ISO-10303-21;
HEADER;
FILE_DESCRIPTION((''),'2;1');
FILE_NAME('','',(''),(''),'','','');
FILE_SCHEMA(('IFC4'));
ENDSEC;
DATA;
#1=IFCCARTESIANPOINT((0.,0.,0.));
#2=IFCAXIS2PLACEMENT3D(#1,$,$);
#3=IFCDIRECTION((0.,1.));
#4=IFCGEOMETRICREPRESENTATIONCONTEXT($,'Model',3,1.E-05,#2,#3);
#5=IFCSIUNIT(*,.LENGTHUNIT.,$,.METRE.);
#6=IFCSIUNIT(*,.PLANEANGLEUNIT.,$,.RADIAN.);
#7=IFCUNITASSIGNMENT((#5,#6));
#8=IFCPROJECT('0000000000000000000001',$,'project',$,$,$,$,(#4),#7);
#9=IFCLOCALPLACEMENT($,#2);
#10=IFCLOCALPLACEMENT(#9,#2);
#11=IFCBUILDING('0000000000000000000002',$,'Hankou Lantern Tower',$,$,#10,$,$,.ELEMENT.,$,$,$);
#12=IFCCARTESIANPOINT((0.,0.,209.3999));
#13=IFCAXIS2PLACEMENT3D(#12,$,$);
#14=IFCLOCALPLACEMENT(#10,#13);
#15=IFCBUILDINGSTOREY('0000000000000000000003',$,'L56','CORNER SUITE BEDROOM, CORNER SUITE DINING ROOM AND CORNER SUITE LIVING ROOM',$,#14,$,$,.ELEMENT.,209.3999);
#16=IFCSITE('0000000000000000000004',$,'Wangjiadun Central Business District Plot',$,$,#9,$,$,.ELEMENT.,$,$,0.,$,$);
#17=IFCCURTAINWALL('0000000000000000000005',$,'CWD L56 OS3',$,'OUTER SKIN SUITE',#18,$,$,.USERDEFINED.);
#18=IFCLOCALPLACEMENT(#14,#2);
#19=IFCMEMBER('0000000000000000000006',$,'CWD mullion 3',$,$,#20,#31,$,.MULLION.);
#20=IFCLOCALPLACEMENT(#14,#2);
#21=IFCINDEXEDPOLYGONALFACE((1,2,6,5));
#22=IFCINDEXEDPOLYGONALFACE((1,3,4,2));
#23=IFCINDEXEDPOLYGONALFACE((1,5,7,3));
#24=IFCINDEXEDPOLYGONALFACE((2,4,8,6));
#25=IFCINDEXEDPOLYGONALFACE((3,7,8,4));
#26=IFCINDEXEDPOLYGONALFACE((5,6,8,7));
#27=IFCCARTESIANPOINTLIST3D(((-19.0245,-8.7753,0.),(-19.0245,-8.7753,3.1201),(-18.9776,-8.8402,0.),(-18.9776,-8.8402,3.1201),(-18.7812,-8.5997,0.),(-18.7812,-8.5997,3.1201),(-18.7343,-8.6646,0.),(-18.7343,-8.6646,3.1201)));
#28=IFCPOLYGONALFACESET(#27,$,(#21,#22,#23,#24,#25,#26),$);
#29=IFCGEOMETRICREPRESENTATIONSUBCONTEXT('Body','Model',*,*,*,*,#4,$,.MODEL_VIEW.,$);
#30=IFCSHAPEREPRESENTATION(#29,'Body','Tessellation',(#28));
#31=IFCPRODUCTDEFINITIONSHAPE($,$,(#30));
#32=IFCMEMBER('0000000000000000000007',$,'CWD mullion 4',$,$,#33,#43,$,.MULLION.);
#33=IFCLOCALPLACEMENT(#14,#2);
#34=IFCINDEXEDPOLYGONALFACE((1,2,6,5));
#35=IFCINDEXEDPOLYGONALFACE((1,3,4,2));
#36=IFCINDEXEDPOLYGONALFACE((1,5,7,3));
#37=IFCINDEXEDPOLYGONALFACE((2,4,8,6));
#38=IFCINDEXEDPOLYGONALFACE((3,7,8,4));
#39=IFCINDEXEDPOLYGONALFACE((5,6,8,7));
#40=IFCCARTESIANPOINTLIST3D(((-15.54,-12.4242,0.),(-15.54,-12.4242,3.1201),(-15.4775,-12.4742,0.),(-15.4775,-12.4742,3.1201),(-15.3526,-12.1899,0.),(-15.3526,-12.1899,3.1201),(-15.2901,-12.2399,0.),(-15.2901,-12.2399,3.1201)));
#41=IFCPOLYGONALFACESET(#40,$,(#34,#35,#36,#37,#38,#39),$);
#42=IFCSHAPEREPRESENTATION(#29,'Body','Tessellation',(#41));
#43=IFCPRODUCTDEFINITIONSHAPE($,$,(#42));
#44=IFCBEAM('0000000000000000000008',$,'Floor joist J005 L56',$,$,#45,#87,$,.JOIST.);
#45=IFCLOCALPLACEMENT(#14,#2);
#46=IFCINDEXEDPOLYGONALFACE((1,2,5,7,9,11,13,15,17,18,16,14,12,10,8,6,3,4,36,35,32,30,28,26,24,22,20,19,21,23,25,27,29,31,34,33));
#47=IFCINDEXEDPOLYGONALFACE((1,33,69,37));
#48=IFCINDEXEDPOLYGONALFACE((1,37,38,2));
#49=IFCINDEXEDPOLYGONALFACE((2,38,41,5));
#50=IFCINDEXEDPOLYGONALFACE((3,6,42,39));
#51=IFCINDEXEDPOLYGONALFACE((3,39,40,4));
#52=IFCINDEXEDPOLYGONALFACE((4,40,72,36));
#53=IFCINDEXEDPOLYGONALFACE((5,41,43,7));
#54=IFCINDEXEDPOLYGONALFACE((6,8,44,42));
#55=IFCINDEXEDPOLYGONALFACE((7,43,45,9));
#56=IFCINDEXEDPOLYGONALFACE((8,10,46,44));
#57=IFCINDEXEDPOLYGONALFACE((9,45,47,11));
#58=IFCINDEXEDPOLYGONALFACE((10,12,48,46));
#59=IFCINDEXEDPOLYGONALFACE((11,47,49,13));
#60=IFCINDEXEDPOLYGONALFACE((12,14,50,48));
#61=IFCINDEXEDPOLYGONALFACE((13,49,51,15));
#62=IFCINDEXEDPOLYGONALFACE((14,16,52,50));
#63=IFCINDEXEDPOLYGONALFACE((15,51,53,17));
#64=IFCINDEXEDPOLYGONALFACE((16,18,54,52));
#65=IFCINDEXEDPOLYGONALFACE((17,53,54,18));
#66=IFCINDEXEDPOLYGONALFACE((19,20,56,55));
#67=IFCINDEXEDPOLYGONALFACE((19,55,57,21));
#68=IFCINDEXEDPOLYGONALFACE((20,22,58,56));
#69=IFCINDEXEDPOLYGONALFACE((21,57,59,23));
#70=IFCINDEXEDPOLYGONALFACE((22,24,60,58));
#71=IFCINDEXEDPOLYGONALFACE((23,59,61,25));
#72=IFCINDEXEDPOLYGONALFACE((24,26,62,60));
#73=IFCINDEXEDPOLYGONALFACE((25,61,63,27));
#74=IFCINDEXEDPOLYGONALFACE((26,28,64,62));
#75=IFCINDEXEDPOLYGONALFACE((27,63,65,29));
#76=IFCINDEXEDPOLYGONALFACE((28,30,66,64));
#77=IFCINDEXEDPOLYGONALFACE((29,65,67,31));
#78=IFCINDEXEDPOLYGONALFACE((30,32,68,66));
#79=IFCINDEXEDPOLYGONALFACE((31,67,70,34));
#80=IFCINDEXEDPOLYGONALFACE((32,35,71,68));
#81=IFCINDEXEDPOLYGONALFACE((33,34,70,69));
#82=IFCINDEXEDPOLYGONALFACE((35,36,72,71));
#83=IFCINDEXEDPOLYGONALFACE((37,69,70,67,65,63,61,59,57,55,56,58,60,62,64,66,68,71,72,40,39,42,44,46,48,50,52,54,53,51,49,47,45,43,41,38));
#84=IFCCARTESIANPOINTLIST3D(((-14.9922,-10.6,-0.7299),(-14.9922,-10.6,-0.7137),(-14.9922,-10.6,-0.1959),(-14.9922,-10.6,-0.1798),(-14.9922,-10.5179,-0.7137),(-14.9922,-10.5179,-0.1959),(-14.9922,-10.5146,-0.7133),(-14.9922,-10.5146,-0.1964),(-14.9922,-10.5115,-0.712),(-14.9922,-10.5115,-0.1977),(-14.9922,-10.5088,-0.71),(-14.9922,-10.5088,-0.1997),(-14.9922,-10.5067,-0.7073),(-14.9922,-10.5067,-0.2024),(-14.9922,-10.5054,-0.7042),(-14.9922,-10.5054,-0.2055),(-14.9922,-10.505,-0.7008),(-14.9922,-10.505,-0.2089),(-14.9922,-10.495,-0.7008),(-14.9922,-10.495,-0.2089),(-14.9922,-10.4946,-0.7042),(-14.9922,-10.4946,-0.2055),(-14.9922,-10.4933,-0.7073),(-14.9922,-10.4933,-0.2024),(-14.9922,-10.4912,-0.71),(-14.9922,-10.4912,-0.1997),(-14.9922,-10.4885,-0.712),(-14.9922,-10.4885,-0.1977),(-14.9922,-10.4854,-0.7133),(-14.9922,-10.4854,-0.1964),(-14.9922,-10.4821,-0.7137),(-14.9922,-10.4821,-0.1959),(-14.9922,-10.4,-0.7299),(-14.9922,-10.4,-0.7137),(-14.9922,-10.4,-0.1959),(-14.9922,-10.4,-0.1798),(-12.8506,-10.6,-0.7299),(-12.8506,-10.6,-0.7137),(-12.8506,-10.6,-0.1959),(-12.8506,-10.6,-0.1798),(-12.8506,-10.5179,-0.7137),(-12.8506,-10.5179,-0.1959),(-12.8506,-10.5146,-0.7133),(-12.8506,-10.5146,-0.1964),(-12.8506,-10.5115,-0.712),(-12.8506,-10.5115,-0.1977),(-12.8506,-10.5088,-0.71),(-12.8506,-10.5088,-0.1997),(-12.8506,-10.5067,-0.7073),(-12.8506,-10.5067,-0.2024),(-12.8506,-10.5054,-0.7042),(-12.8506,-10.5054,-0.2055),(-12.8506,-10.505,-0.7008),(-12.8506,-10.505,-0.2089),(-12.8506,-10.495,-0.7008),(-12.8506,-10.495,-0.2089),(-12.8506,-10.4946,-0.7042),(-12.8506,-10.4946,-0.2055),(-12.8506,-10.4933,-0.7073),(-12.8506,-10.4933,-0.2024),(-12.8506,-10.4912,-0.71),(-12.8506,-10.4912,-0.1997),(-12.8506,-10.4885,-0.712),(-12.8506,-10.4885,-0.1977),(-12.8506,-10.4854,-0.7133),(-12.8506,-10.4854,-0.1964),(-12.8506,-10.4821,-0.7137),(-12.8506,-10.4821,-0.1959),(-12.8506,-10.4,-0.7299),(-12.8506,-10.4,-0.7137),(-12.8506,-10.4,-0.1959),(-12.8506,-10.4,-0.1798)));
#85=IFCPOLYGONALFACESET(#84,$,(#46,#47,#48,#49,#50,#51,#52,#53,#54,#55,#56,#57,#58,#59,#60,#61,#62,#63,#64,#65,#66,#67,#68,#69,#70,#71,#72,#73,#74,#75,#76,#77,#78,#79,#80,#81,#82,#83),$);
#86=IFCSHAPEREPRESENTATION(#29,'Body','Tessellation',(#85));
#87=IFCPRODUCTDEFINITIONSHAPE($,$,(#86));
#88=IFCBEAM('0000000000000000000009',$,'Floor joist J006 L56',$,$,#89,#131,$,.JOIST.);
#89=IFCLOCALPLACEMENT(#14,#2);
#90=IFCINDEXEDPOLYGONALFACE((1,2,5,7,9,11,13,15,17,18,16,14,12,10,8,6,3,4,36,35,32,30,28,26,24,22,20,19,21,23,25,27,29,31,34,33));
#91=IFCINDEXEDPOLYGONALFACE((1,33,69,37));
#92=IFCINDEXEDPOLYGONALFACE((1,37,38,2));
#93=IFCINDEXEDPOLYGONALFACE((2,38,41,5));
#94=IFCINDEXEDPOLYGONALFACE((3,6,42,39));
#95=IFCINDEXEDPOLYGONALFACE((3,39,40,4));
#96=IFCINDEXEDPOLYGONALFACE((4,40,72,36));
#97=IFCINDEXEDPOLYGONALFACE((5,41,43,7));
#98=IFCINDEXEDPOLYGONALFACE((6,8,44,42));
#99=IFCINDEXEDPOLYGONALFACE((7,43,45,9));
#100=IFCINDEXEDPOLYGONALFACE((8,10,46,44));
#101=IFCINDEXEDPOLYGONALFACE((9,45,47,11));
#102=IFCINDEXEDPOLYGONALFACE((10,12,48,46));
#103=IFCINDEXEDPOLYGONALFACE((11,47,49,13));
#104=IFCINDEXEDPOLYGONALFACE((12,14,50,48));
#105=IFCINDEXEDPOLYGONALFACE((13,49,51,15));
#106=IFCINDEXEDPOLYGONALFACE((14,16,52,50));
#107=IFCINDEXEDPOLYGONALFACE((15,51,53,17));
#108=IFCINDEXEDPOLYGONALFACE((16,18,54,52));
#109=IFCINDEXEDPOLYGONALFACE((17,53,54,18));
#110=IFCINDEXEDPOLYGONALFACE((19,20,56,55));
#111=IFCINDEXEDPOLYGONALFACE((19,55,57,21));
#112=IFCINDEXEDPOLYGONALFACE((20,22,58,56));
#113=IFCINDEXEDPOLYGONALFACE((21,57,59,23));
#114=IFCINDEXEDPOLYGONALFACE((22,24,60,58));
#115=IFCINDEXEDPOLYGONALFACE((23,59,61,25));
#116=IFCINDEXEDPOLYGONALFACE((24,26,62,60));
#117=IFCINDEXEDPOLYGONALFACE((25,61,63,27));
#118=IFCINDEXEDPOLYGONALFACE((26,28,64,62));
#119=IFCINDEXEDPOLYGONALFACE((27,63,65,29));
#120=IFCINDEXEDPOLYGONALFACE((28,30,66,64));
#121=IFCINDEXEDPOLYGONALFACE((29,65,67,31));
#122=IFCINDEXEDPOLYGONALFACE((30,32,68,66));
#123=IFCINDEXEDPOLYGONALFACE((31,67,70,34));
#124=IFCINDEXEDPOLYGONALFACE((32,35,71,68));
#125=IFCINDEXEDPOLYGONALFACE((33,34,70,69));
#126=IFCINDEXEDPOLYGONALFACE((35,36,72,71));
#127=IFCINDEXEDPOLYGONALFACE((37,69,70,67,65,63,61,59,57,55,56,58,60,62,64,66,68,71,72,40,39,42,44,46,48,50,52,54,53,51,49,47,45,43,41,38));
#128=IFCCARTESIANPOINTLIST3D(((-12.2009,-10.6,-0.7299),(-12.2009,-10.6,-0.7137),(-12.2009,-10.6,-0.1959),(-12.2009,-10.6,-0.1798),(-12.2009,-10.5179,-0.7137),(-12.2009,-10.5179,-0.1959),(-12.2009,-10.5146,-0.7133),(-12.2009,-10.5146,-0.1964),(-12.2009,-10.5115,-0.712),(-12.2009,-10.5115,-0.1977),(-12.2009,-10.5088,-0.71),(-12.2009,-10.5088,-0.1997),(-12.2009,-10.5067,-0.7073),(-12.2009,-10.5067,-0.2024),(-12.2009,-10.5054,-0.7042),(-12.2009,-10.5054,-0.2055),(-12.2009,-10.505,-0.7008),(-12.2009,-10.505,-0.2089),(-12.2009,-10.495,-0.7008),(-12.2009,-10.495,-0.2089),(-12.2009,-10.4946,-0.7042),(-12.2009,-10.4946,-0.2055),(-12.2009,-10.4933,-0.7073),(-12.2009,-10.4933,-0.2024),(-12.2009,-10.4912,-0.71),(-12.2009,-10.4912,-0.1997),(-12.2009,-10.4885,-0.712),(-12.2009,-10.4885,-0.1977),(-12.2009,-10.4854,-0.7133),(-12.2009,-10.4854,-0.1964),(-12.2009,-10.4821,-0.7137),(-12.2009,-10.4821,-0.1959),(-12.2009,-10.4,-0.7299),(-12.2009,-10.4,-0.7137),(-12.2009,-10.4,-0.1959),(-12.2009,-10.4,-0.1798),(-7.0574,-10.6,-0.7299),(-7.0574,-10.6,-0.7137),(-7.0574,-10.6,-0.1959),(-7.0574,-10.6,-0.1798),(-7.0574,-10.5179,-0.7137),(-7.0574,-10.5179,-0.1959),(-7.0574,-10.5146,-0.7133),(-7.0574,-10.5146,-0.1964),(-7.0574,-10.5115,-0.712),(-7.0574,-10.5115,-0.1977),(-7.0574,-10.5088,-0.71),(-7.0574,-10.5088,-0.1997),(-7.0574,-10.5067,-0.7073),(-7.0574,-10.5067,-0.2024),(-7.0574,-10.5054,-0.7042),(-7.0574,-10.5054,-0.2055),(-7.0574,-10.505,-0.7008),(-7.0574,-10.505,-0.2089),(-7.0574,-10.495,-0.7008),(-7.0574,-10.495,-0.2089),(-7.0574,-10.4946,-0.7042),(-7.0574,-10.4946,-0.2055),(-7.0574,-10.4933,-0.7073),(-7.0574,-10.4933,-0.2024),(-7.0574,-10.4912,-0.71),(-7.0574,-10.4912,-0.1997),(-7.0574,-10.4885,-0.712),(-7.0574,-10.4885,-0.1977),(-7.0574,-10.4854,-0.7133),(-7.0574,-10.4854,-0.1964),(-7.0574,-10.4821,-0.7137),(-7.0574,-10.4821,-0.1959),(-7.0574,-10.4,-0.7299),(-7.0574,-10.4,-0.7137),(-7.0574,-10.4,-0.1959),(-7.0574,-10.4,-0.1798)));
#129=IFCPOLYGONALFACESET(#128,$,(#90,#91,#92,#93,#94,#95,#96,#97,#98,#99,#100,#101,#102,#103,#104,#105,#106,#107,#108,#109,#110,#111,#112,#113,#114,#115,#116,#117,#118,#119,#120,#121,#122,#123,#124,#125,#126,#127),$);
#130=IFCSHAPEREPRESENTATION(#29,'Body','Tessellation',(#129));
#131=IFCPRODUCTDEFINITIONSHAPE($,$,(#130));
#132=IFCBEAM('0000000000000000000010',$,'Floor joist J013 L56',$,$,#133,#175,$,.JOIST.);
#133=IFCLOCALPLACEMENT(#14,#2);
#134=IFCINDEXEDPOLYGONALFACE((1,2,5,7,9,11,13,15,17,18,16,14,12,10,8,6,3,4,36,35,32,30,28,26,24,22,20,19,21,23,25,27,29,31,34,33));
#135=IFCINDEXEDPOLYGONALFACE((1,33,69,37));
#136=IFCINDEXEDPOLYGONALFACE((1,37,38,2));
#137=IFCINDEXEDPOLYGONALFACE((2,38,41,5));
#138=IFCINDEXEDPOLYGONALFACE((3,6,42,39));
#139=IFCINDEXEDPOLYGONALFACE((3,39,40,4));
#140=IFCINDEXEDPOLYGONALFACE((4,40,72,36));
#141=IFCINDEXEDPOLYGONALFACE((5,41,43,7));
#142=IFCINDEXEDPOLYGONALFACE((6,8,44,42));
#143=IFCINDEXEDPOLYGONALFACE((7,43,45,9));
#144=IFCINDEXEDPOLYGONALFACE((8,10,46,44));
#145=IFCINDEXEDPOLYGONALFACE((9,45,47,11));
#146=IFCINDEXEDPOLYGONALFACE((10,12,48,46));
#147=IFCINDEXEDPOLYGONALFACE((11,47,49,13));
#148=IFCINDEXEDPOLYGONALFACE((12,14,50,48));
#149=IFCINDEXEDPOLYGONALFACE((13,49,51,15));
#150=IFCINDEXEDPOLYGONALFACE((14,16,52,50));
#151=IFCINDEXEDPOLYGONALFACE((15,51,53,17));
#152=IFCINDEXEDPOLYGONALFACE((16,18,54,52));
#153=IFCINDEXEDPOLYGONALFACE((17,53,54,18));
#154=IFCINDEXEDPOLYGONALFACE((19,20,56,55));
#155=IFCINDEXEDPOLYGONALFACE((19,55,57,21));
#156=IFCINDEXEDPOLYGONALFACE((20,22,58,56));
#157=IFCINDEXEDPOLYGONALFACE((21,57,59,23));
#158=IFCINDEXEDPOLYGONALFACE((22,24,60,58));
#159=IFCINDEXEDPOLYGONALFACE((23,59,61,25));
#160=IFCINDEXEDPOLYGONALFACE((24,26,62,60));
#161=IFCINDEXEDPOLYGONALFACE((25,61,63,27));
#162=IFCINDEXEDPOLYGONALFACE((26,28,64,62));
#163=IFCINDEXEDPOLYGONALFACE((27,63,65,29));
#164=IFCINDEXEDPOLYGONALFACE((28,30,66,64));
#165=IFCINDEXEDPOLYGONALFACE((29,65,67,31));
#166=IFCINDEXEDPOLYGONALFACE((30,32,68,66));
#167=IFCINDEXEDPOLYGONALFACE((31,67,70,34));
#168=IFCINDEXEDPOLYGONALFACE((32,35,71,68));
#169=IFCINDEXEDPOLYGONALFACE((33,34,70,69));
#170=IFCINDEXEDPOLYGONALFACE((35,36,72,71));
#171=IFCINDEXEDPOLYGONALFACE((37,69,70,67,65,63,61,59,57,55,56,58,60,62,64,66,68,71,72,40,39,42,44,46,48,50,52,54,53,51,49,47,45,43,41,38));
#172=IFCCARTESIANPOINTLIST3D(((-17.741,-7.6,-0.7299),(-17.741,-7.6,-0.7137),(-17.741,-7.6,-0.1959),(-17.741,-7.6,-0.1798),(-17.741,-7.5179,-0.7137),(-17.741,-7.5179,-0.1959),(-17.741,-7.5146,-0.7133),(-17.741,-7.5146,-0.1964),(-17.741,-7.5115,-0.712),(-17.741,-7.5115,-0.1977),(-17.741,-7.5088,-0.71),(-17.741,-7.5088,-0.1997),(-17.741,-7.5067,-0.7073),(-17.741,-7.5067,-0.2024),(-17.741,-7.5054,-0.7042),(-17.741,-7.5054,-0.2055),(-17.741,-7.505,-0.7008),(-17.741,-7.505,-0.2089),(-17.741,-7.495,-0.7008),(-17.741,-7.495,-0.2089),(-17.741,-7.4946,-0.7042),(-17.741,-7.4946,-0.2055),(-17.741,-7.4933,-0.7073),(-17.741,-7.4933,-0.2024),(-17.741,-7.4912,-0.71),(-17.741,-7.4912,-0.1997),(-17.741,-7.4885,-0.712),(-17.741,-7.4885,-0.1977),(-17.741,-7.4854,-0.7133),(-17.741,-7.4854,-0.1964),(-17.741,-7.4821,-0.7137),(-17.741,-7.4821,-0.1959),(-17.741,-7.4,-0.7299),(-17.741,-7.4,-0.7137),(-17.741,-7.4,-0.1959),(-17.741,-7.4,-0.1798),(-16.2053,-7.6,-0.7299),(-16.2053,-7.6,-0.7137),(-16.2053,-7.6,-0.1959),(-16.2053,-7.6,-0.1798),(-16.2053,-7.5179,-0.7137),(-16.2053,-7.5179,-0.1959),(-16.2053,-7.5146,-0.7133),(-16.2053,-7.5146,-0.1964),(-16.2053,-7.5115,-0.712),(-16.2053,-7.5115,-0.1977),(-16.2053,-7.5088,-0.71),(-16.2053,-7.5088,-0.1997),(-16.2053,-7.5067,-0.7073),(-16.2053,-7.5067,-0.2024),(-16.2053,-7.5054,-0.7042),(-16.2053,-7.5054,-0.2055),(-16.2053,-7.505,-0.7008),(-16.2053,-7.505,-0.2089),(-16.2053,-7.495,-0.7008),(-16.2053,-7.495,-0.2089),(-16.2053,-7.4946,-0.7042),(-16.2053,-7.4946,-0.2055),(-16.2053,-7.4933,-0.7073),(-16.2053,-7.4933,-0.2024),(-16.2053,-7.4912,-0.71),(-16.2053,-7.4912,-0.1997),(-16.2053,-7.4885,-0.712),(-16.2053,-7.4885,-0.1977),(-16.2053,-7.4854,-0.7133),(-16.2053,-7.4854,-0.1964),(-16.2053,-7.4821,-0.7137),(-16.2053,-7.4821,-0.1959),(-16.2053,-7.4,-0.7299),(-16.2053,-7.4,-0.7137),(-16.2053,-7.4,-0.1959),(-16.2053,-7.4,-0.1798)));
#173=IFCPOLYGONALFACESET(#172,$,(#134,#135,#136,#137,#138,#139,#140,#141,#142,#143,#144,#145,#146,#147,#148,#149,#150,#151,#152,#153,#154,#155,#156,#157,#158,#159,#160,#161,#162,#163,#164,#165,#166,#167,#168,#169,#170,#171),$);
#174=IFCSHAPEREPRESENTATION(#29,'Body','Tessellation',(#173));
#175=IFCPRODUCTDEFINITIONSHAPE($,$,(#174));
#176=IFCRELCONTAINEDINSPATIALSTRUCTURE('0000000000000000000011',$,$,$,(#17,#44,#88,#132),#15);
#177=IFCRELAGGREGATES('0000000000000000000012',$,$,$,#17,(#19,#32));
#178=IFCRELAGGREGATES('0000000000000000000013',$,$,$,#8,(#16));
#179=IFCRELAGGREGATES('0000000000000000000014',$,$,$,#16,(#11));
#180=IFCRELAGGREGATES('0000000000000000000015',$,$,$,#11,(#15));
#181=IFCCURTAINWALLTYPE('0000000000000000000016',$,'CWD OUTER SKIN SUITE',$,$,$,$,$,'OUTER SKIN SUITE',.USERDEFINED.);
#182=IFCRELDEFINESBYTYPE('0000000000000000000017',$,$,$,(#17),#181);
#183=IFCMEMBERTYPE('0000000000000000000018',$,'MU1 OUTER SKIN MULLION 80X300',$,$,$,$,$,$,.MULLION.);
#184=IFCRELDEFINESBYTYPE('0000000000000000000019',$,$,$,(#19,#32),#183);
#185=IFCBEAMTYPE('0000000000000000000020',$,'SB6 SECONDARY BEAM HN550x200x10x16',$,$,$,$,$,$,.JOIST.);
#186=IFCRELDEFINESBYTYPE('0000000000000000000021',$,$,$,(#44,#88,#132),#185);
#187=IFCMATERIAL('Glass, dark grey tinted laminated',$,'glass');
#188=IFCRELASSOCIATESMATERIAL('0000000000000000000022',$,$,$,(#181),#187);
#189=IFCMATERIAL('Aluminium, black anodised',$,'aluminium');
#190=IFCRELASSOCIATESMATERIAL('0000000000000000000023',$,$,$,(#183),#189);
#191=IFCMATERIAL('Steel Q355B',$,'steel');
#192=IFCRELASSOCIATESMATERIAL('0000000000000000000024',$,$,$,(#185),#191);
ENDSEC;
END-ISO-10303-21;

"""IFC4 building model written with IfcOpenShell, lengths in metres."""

from ifc_helpers import new_model, si_unit, direction, frame, origin, origin_2d, place, context, subcontext, project, spatial, rectangle, i_section, extrude, material, material_profile, profile_set, type_object, element, aggregate, save


model = new_model("IFC4")

# Units and contexts
model_context = context("Model", 3, precision=1e-05, world=origin(), true_north=direction((0.0, 1.0)))
body_context = subcontext(model_context, "Body", "Model", "MODEL_VIEW")
ifc_project = project(units=[si_unit("LENGTHUNIT", "METRE"), si_unit("PLANEANGLEUNIT", "RADIAN")], contexts=[model_context])

# Site, building, storey
site_placement = place(None, origin())
site = spatial("IfcSite", under=ifc_project, at=site_placement, Name="Wangjiadun Central Business District Plot", CompositionType="ELEMENT", RefElevation=0.0)
building_placement = place(site_placement, origin())
building = spatial("IfcBuilding", under=site, at=building_placement, Name="Hankou Lantern Tower", CompositionType="ELEMENT")
storey_placement = place(building_placement, frame((0.0, 0.0, 209.3999)))
storey = spatial("IfcBuildingStorey", under=building, at=storey_placement, Name="L56", Description="CORNER SUITE BEDROOM, CORNER SUITE DINING ROOM AND CORNER SUITE LIVING ROOM", CompositionType="ELEMENT", Elevation=209.3999)

# Curtain wall, members
ifc_material_1 = material(Name="Glass, dark grey tinted laminated", Category="glass")
curtain_wall_type = type_object("IfcCurtainWallType", Name="CWD OUTER SKIN SUITE", ElementType="OUTER SKIN SUITE", PredefinedType="USERDEFINED", material=ifc_material_1)
curtain_wall_placement = place(storey_placement, origin())
curtain_wall = element("IfcCurtainWall", 1, at=curtain_wall_placement, inside=storey, type_object=curtain_wall_type, Name="CWD L56 OS3", ObjectType="OUTER SKIN SUITE", PredefinedType="USERDEFINED")
ifc_material_2 = material(Name="Aluminium, black anodised", Category="aluminium")
ifc_material_profile_1 = material_profile(ifc_material_2, rectangle(XDim=0.0801, YDim=0.3, at=origin_2d()), Name="MU1 80X300")
ifc_profile_set_1 = profile_set([ifc_material_profile_1], Name="Aluminium, black anodised")
member_type_1 = type_object("IfcMemberType", Name="MU1 OUTER SKIN MULLION 80X300", PredefinedType="MULLION", material=ifc_profile_set_1)
member_1_placement = place(storey_placement, frame((-18.8794, -8.72, 0.0), z_axis=(0.0, 0.0, 1.0), x_axis=(0.585206, -0.810885, 0.0)))
member_1 = element("IfcMember", 2, at=member_1_placement, type_object=member_type_1, Name="CWD mullion 3", PredefinedType="MULLION", context=body_context, shape_type="SweptSolid", body=[
    extrude(rectangle(XDim=0.0801, YDim=0.3, at=origin_2d()), origin(), (0.0, 0.0, 1.0), 3.1201),
])
member_2_placement = place(storey_placement, frame((-15.415, -12.332, 0.0), z_axis=(0.0, 0.0, 1.0), x_axis=(0.780869, -0.624695, 0.0)))
member_2 = element("IfcMember", 3, at=member_2_placement, type_object=member_type_1, Name="CWD mullion 4", PredefinedType="MULLION", context=body_context, shape_type="SweptSolid", body=[
    extrude(rectangle(XDim=0.0801, YDim=0.3, at=origin_2d()), origin(), (0.0, 0.0, 1.0), 3.1201),
])

# Beams
ifc_material_3 = material(Name="Steel Q355B", Category="steel")
ifc_material_profile_2 = material_profile(ifc_material_3, i_section(OverallWidth=0.2, OverallDepth=0.55, WebThickness=0.01, FlangeThickness=0.0161, FilletRadius=0.0129, at=origin_2d()), Name="HN550x200x10x16")
ifc_profile_set_2 = profile_set([ifc_material_profile_2], Name="Steel Q355B")
beam_type_1 = type_object("IfcBeamType", Name="SB6 SECONDARY BEAM HN550x200x10x16", PredefinedType="JOIST", material=ifc_profile_set_2)
beam_1_placement = place(storey_placement, frame((-14.9922, -10.5, -0.4548), z_axis=(1.0, 0.0, 0.0), x_axis=(0.0, 1.0, 0.0)))
element("IfcBeam", 4, at=beam_1_placement, inside=storey, type_object=beam_type_1, Name="Floor joist J005 L56", PredefinedType="JOIST", context=body_context, shape_type="SweptSolid", body=[
    extrude(i_section(OverallWidth=0.2, OverallDepth=0.55, WebThickness=0.01, FlangeThickness=0.0161, FilletRadius=0.0129, at=origin_2d()), origin(), (0.0, 0.0, 1.0), 2.1416),
])
beam_2_placement = place(storey_placement, frame((-12.2009, -10.5, -0.4548), z_axis=(1.0, 0.0, 0.0), x_axis=(0.0, 1.0, 0.0)))
element("IfcBeam", 5, at=beam_2_placement, inside=storey, type_object=beam_type_1, Name="Floor joist J006 L56", PredefinedType="JOIST", context=body_context, shape_type="SweptSolid", body=[
    extrude(i_section(OverallWidth=0.2, OverallDepth=0.55, WebThickness=0.01, FlangeThickness=0.0161, FilletRadius=0.0129, at=origin_2d()), origin(), (0.0, 0.0, 1.0), 5.1436),
])
beam_3_placement = place(storey_placement, frame((-17.741, -7.5, -0.4548), z_axis=(1.0, 0.0, 0.0), x_axis=(0.0, 1.0, 0.0)))
element("IfcBeam", 6, at=beam_3_placement, inside=storey, type_object=beam_type_1, Name="Floor joist J013 L56", PredefinedType="JOIST", context=body_context, shape_type="SweptSolid", body=[
    extrude(i_section(OverallWidth=0.2, OverallDepth=0.55, WebThickness=0.01, FlangeThickness=0.0161, FilletRadius=0.0129, at=origin_2d()), origin(), (0.0, 0.0, 1.0), 1.5356),
])

aggregate(curtain_wall, [member_1, member_2])

save(model, "model.ifc")
